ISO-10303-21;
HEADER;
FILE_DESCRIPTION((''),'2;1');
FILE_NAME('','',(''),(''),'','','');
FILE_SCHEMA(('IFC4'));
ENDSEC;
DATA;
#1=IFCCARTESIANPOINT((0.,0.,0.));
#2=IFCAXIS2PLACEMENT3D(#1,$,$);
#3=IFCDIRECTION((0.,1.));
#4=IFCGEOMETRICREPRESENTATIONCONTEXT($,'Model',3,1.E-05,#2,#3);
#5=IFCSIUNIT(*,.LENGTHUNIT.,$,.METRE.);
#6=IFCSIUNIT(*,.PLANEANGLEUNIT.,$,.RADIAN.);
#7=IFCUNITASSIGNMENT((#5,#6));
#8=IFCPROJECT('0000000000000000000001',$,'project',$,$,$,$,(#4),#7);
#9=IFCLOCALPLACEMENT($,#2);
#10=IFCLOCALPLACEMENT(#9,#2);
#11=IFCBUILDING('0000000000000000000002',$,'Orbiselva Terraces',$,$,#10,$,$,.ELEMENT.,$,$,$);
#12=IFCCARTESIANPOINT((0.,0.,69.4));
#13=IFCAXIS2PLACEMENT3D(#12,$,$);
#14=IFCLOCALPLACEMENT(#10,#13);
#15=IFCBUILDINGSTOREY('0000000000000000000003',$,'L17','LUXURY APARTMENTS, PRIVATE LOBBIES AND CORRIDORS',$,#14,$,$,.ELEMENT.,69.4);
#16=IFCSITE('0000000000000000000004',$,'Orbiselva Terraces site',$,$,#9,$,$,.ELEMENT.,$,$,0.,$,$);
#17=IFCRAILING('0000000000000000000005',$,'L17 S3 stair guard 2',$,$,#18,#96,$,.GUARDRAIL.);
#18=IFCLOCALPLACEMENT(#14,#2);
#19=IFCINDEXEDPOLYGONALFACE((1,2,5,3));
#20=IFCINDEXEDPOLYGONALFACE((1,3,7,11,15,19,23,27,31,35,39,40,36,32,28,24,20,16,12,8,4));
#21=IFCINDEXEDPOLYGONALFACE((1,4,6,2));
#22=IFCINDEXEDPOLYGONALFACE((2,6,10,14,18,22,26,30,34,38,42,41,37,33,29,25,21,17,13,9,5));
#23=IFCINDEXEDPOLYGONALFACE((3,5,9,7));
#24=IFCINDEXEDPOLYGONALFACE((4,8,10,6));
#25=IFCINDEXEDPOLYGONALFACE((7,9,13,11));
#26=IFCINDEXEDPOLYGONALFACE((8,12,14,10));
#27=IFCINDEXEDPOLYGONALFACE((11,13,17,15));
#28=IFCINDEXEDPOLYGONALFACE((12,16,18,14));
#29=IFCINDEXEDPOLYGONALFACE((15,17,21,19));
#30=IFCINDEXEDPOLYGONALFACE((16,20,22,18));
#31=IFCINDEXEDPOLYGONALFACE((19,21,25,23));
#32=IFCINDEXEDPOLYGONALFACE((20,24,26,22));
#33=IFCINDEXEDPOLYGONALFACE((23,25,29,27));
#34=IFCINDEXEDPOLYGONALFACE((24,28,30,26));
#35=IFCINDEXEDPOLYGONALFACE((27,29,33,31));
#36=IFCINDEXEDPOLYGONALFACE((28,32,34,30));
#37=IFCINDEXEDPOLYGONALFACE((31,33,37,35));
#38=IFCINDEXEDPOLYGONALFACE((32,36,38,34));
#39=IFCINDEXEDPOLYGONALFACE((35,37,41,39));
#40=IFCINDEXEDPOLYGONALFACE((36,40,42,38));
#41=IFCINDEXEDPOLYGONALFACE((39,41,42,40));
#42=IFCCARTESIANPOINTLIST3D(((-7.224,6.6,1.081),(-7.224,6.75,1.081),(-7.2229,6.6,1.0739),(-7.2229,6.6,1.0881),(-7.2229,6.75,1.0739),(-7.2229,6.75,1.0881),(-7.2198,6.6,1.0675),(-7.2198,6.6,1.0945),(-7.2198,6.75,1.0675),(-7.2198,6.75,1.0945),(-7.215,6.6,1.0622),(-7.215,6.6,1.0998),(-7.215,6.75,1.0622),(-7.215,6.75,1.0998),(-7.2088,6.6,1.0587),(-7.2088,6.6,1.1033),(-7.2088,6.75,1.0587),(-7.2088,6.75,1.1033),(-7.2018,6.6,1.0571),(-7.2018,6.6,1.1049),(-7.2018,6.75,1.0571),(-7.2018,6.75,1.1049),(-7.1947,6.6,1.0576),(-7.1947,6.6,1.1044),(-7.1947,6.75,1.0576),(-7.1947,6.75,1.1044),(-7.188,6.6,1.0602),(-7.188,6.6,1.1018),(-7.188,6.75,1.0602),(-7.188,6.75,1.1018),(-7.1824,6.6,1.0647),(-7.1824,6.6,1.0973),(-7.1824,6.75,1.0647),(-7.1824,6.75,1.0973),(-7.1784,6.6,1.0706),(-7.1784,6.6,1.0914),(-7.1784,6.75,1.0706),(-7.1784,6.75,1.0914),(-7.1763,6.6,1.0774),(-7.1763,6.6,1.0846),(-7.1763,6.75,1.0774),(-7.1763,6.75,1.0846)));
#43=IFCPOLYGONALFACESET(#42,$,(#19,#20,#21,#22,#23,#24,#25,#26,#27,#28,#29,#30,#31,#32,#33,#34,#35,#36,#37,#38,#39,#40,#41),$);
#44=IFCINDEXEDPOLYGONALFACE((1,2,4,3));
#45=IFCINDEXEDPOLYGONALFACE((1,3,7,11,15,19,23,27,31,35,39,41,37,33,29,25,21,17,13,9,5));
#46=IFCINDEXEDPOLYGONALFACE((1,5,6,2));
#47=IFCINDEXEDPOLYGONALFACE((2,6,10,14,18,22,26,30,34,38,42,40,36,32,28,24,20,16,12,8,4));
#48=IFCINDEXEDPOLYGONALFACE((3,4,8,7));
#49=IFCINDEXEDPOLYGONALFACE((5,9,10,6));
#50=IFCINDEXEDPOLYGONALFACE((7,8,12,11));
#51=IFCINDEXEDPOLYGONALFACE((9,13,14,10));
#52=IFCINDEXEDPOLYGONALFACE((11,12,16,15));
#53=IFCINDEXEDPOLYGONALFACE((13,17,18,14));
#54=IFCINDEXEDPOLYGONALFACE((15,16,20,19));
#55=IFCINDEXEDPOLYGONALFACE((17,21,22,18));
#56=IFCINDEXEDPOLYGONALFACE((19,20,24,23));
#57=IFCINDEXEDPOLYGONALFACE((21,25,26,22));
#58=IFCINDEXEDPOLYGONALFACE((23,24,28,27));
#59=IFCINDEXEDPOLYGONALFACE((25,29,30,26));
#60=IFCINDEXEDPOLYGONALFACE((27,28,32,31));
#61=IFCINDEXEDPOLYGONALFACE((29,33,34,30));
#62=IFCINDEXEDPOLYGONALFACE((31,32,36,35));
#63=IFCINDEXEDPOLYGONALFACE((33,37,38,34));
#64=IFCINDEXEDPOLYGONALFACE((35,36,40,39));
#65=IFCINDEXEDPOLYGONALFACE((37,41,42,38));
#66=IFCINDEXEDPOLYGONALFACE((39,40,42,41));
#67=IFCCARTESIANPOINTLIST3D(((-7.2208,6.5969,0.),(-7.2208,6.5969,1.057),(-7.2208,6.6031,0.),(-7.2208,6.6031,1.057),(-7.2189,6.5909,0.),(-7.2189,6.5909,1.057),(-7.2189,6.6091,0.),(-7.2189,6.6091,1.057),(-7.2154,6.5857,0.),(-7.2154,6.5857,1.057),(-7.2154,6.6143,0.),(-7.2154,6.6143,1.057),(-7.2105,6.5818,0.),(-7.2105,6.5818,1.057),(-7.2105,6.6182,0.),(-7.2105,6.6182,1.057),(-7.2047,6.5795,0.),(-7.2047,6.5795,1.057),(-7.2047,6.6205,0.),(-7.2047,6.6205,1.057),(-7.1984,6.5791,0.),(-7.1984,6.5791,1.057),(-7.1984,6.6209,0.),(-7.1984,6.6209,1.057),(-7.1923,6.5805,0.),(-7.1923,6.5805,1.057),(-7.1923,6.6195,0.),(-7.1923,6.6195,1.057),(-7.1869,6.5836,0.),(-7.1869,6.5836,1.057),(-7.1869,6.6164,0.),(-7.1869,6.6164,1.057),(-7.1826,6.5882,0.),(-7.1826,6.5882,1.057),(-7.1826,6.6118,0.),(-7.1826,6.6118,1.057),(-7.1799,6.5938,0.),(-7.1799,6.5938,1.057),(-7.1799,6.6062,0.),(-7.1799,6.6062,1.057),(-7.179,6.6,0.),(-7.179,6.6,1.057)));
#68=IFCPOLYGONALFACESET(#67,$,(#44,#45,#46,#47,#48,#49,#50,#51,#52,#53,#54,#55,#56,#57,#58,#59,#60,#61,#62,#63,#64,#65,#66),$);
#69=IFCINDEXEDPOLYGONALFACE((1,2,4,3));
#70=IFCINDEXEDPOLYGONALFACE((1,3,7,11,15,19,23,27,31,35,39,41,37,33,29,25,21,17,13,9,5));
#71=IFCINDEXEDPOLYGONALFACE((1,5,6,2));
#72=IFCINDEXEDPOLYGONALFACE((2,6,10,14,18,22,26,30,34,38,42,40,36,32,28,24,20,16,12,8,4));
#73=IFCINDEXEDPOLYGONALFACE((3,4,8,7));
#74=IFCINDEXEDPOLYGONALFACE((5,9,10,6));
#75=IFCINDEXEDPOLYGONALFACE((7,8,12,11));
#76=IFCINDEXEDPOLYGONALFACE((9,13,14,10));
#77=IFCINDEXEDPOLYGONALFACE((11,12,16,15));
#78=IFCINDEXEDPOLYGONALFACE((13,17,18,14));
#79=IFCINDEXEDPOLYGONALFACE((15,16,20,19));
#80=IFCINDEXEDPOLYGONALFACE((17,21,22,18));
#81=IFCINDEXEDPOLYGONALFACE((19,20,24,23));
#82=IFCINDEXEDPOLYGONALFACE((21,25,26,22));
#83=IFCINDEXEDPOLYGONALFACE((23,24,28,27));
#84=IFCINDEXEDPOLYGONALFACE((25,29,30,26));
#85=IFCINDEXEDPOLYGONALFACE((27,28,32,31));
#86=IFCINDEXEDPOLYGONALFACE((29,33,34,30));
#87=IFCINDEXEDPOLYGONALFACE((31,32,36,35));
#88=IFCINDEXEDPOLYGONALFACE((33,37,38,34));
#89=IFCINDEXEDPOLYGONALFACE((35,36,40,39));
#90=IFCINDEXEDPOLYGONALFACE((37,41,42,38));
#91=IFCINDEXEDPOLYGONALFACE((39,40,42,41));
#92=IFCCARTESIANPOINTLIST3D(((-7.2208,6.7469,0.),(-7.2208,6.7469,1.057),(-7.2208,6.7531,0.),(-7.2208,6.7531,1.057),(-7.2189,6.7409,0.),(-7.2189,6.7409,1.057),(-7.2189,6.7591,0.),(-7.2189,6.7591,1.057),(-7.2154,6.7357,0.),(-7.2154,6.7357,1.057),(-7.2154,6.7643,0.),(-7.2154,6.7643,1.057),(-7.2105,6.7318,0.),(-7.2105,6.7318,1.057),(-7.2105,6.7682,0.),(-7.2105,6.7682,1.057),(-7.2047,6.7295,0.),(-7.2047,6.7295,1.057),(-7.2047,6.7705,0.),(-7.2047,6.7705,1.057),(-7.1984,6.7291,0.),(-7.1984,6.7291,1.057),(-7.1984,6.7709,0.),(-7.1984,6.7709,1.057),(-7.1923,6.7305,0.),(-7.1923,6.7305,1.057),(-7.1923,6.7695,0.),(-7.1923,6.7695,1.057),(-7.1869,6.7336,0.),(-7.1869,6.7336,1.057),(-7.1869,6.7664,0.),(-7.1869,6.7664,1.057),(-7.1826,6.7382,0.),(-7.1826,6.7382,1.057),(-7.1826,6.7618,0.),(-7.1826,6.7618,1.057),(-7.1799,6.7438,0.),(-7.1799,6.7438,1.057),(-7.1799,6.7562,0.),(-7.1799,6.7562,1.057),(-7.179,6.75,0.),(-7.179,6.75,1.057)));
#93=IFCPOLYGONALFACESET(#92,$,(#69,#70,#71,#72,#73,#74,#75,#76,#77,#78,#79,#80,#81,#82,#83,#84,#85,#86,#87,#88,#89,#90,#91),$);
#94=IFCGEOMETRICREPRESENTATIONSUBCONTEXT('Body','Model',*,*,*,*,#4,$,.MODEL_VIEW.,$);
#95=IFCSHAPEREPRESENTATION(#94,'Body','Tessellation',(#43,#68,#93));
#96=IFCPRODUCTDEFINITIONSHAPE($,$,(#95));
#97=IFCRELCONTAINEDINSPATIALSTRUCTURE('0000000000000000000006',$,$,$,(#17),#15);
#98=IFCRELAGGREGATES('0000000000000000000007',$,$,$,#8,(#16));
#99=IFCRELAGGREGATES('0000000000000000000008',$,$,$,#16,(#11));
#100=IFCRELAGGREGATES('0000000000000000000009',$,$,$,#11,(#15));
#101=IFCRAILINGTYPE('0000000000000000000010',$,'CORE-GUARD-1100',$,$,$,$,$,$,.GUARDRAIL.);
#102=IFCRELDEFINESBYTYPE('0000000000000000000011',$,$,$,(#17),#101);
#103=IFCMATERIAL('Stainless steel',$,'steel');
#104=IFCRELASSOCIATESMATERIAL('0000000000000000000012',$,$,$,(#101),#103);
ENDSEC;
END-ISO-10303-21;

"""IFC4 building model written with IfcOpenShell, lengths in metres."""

from ifc_helpers import new_model, si_unit, direction, frame, origin, origin_2d, place, context, subcontext, project, spatial, circle, extrude, material, type_object, element, save


model = new_model("IFC4")

# Units and contexts
model_context = context("Model", 3, precision=1e-05, world=origin(), true_north=direction((0.0, 1.0)))
body_context = subcontext(model_context, "Body", "Model", "MODEL_VIEW")
ifc_project = project(units=[si_unit("LENGTHUNIT", "METRE"), si_unit("PLANEANGLEUNIT", "RADIAN")], contexts=[model_context])

# Site, building, storey
site_placement = place(None, origin())
site = spatial("IfcSite", under=ifc_project, at=site_placement, Name="Orbiselva Terraces site", CompositionType="ELEMENT", RefElevation=0.0)
building_placement = place(site_placement, origin())
building = spatial("IfcBuilding", under=site, at=building_placement, Name="Orbiselva Terraces", CompositionType="ELEMENT")
storey_placement = place(building_placement, frame((0.0, 0.0, 69.4)))
storey = spatial("IfcBuildingStorey", under=building, at=storey_placement, Name="L17", Description="LUXURY APARTMENTS, PRIVATE LOBBIES AND CORRIDORS", CompositionType="ELEMENT", Elevation=69.4)

# Railing
ifc_material_1 = material(Name="Stainless steel", Category="steel")
railing_type_1 = type_object("IfcRailingType", Name="CORE-GUARD-1100", PredefinedType="GUARDRAIL", material=ifc_material_1)
railing_1_placement = place(storey_placement, frame((-7.2, 6.6, 0.0)))
element("IfcRailing", 1, at=railing_1_placement, inside=storey, type_object=railing_type_1, Name="L17 S3 stair guard 2", PredefinedType="GUARDRAIL", context=body_context, shape_type="SweptSolid", body=[
    extrude(circle(Radius=0.024, at=origin_2d()), frame((0.0, 0.0, 1.081), z_axis=(0.0, 1.0, 0.0), x_axis=(-1.0, 0.0, 0.0)), (0.0, 0.0, 1.0), 0.15),
    extrude(circle(Radius=0.021, at=origin_2d()), origin(), (0.0, 0.0, 1.0), 1.057),
    extrude(circle(Radius=0.021, at=origin_2d()), frame((0.0, 0.15, 0.0)), (0.0, 0.0, 1.0), 1.057),
])

save(model, "model.ifc")
